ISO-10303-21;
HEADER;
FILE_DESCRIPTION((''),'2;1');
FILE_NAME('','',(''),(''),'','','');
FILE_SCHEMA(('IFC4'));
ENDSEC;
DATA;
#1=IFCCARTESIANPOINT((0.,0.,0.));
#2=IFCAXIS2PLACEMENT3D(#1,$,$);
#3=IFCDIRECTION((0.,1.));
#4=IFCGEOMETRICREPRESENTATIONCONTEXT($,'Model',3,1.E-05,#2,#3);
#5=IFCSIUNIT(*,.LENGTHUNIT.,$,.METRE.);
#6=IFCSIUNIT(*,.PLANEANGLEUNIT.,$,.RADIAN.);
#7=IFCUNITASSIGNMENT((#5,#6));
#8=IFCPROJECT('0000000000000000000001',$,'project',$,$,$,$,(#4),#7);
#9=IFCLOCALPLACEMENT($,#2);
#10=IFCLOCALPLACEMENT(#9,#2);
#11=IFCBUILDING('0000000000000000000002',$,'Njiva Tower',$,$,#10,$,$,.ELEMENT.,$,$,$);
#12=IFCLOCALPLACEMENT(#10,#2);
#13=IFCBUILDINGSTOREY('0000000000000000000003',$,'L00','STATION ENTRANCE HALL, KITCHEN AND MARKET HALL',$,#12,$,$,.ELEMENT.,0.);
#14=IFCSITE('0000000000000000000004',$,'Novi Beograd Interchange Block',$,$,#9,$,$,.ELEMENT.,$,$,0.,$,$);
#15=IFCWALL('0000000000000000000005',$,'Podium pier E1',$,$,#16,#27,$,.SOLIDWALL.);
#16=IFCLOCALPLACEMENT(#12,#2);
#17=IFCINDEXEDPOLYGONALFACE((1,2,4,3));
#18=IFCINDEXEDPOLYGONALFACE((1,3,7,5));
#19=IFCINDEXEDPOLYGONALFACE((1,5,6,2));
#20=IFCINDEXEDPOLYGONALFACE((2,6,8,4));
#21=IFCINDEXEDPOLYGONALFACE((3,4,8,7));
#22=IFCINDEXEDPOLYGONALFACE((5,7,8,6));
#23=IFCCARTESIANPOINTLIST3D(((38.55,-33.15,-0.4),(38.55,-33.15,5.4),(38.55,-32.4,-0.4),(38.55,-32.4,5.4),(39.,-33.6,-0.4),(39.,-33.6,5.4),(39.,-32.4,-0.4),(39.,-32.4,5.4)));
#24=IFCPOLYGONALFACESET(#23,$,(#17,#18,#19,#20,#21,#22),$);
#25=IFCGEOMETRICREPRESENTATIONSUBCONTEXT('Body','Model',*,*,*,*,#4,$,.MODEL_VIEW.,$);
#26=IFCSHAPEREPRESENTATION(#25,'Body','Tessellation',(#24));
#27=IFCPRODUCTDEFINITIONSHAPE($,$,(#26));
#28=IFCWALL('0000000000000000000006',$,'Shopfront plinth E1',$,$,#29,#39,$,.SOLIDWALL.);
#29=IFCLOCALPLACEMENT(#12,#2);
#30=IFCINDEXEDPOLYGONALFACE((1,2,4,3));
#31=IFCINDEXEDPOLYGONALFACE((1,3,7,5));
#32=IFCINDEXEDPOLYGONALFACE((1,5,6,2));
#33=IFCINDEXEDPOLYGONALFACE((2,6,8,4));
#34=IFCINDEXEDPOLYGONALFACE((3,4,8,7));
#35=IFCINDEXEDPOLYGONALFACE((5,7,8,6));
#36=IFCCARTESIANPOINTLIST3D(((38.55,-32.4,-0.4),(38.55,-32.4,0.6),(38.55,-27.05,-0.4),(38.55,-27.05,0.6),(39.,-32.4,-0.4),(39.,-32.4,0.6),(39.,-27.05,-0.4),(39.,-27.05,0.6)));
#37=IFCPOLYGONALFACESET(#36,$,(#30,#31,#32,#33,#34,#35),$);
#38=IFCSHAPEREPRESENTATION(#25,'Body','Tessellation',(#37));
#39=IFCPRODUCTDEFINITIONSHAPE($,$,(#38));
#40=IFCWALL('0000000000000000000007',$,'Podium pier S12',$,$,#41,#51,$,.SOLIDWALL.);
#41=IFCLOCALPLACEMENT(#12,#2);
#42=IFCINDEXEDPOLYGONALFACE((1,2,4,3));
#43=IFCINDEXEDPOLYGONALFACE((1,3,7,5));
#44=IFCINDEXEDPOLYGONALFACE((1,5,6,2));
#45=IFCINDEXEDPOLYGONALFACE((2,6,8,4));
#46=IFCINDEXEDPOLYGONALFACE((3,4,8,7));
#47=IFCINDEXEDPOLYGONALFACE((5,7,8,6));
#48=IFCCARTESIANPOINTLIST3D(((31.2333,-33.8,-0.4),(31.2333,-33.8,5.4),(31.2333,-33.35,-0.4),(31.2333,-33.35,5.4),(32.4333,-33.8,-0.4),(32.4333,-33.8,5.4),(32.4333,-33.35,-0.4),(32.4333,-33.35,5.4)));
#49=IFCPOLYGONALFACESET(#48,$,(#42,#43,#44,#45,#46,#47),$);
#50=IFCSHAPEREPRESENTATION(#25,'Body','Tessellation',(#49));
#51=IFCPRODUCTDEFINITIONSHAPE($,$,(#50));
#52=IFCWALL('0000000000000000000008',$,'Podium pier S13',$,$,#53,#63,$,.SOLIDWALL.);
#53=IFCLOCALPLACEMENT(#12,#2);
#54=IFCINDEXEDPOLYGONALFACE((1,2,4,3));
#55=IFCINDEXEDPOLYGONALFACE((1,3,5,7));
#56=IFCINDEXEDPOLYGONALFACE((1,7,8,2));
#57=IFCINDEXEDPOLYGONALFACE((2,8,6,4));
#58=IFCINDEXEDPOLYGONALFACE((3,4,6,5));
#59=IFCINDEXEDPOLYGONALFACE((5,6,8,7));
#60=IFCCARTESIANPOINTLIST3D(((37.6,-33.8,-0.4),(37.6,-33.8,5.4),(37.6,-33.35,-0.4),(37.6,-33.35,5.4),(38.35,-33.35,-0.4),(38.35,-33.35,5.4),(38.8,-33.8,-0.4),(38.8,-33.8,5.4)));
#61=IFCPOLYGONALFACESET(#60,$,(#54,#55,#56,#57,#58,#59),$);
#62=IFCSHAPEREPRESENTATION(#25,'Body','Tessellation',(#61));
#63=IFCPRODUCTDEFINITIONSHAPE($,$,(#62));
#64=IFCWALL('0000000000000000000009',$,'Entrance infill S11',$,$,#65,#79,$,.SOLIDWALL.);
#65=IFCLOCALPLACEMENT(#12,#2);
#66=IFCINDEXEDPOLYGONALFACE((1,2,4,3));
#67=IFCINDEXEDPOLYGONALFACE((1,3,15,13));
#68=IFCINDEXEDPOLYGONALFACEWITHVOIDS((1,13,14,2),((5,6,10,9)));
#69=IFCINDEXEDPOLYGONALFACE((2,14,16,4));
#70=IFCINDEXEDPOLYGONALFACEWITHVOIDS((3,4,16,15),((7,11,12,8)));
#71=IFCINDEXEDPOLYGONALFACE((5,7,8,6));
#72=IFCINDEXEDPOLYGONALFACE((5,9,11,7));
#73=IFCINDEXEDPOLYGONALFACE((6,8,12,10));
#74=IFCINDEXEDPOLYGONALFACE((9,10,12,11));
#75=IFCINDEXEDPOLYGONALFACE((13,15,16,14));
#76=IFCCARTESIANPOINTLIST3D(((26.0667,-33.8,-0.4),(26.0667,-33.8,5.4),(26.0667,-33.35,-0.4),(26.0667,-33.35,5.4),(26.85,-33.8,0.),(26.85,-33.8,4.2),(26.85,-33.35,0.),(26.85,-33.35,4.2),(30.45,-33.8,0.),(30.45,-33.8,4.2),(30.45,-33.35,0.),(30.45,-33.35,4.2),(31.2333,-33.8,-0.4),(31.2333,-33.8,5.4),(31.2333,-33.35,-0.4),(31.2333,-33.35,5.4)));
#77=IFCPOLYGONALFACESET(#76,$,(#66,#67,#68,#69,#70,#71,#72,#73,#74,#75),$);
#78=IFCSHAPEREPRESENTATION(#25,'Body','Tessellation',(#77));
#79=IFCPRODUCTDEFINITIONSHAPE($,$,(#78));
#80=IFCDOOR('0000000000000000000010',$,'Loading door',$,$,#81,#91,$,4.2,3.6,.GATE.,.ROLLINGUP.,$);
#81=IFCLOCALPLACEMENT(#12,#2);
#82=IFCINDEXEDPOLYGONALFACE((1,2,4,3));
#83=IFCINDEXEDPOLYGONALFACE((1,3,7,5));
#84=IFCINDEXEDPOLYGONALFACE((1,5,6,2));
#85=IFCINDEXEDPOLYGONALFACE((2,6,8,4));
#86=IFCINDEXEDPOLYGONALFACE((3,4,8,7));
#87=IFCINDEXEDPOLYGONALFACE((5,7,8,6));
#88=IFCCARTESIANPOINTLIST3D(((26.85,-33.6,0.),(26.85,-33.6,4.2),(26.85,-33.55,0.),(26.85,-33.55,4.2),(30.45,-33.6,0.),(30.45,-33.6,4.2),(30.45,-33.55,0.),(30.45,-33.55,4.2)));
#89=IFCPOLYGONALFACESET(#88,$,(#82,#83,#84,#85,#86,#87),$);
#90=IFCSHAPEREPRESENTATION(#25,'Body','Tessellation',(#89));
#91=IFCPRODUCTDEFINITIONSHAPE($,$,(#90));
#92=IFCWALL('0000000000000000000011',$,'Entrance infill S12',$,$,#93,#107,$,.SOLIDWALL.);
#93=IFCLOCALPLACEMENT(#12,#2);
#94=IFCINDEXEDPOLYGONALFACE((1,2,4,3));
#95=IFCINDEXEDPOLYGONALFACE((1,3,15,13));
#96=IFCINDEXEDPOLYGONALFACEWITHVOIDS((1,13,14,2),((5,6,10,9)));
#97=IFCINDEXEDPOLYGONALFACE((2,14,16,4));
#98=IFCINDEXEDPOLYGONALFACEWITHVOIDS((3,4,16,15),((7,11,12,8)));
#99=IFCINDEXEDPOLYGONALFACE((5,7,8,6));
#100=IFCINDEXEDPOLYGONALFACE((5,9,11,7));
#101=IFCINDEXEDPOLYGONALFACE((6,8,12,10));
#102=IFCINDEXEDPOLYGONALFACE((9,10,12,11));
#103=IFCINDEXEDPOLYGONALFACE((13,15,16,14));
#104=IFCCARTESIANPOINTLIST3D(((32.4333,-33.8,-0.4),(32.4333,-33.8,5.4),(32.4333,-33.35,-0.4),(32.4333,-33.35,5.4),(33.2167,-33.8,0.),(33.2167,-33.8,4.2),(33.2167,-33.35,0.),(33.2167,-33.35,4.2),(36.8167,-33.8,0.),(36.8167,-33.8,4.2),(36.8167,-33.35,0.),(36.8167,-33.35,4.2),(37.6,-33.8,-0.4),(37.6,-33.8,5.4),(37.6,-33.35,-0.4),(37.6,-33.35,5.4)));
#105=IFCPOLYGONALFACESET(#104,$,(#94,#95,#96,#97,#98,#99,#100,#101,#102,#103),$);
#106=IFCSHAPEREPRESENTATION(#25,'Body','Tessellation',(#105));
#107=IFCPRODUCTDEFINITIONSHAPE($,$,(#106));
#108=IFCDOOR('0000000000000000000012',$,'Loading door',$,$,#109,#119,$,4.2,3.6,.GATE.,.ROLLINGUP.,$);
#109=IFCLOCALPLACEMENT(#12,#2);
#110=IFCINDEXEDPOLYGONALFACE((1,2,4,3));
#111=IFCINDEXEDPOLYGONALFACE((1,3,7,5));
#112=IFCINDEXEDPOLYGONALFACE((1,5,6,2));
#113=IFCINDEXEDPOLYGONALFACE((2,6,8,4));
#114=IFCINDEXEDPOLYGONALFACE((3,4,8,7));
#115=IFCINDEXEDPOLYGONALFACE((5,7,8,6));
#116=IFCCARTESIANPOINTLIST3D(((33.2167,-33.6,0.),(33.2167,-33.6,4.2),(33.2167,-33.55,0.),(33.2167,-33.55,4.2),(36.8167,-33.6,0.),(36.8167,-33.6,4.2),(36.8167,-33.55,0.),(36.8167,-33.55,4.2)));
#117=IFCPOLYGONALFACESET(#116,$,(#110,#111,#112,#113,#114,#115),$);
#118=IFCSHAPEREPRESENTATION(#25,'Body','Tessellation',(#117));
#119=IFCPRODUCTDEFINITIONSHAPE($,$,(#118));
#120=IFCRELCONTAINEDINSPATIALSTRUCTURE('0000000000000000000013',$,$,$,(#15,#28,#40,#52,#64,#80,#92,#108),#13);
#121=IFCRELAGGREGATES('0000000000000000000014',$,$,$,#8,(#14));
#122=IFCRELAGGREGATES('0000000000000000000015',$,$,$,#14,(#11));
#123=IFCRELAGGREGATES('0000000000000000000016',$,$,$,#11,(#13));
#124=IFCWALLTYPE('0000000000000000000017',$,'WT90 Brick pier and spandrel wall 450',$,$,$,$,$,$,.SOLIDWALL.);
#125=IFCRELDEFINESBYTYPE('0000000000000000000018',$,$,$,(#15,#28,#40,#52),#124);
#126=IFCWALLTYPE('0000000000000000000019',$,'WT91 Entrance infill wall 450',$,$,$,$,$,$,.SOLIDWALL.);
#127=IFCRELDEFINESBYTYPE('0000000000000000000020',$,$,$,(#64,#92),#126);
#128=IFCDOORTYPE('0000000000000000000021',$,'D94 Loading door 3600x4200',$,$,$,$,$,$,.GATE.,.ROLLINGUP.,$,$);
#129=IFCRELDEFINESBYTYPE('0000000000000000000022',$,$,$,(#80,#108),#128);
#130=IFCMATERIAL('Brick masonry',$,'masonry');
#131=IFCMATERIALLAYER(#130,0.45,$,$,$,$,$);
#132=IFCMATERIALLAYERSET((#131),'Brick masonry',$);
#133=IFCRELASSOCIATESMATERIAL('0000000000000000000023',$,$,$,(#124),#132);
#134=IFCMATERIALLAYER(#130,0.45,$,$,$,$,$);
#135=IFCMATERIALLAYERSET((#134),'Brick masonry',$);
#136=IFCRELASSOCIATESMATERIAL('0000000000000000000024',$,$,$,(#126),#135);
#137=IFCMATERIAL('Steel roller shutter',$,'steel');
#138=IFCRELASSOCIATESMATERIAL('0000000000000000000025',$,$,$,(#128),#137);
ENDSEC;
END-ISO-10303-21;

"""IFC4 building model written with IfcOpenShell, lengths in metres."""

from ifc_helpers import new_model, si_unit, direction, frame, frame_2d, origin, place, context, subcontext, project, spatial, polyline, rectangle, outline, extrude, material, layer, layer_set, type_object, element, fill, save


model = new_model("IFC4")

# Units and contexts
model_context = context("Model", 3, precision=1e-05, world=origin(), true_north=direction((0.0, 1.0)))
body_context = subcontext(model_context, "Body", "Model", "MODEL_VIEW")
ifc_project = project(units=[si_unit("LENGTHUNIT", "METRE"), si_unit("PLANEANGLEUNIT", "RADIAN")], contexts=[model_context])

# Site, building, storey
site_placement = place(None, origin())
site = spatial("IfcSite", under=ifc_project, at=site_placement, Name="Novi Beograd Interchange Block", CompositionType="ELEMENT", RefElevation=0.0)
building_placement = place(site_placement, origin())
building = spatial("IfcBuilding", under=site, at=building_placement, Name="Njiva Tower", CompositionType="ELEMENT")
storey_placement = place(building_placement, origin())
storey = spatial("IfcBuildingStorey", under=building, at=storey_placement, Name="L00", Description="STATION ENTRANCE HALL, KITCHEN AND MARKET HALL", CompositionType="ELEMENT", Elevation=0.0)

# Walls
ifc_material_1 = material(Name="Brick masonry", Category="masonry")
ifc_layer_1 = layer(ifc_material_1, 0.45)
ifc_layer_set_1 = layer_set([ifc_layer_1], Name="Brick masonry")
wall_type_1 = type_object("IfcWallType", Name="WT90 Brick pier and spandrel wall 450", PredefinedType="SOLIDWALL", material=ifc_layer_set_1)
wall_1_placement = place(storey_placement, frame((38.775, -33.375, -0.4), z_axis=(0.0, 0.0, 1.0), x_axis=(0.0, 1.0, 0.0)))
element("IfcWall", 1, at=wall_1_placement, inside=storey, type_object=wall_type_1, Name="Podium pier E1", PredefinedType="SOLIDWALL", context=body_context, shape_type="SweptSolid", body=[
    extrude(outline(polyline([(-0.225, -0.225), (0.975, -0.225), (0.975, 0.225), (0.225, 0.225), (-0.225, -0.225)])), origin(), (0.0, 0.0, 1.0), 5.8),
])
wall_2_placement = place(storey_placement, frame((38.775, -32.4, -0.4), z_axis=(0.0, 0.0, 1.0), x_axis=(0.0, 1.0, 0.0)))
element("IfcWall", 2, at=wall_2_placement, inside=storey, type_object=wall_type_1, Name="Shopfront plinth E1", PredefinedType="SOLIDWALL", context=body_context, shape_type="SweptSolid", body=[
    extrude(outline(polyline([(0.0, -0.225), (5.35, -0.225), (5.35, 0.225), (0.0, 0.225), (0.0, -0.225)])), origin(), (0.0, 0.0, 1.0), 1.0),
])
wall_3_placement = place(storey_placement, frame((31.2333, -33.575, -0.4), z_axis=(0.0, 0.0, 1.0), x_axis=(1.0, 0.0, 0.0)))
element("IfcWall", 3, at=wall_3_placement, inside=storey, type_object=wall_type_1, Name="Podium pier S12", PredefinedType="SOLIDWALL", context=body_context, shape_type="SweptSolid", body=[
    extrude(outline(polyline([(0.0, -0.225), (1.2, -0.225), (1.2, 0.225), (0.0, 0.225), (0.0, -0.225)])), origin(), (0.0, 0.0, 1.0), 5.8),
])
wall_4_placement = place(storey_placement, frame((37.6, -33.575, -0.4), z_axis=(0.0, 0.0, 1.0), x_axis=(1.0, 0.0, 0.0)))
element("IfcWall", 4, at=wall_4_placement, inside=storey, type_object=wall_type_1, Name="Podium pier S13", PredefinedType="SOLIDWALL", context=body_context, shape_type="SweptSolid", body=[
    extrude(outline(polyline([(0.0, -0.225), (1.2, -0.225), (0.75, 0.225), (0.0, 0.225), (0.0, -0.225)])), origin(), (0.0, 0.0, 1.0), 5.8),
])

# Walls, openings, doors
ifc_layer_2 = layer(ifc_material_1, 0.45)
ifc_layer_set_2 = layer_set([ifc_layer_2], Name="Brick masonry")
wall_type_2 = type_object("IfcWallType", Name="WT91 Entrance infill wall 450", PredefinedType="SOLIDWALL", material=ifc_layer_set_2)
wall_5_placement = place(storey_placement, frame((26.0667, -33.575, -0.4), z_axis=(0.0, 0.0, 1.0), x_axis=(1.0, 0.0, 0.0)))
wall_5 = element("IfcWall", 5, at=wall_5_placement, inside=storey, type_object=wall_type_2, Name="Entrance infill S11", PredefinedType="SOLIDWALL", context=body_context, shape_type="SweptSolid", body=[
    extrude(outline(polyline([(0.0, -0.225), (5.1666, -0.225), (5.1666, 0.225), (0.0, 0.225), (0.0, -0.225)])), origin(), (0.0, 0.0, 1.0), 5.8),
])
opening_1_placement = place(wall_5_placement, frame((0.7833, 0.0, 0.4)))
opening_1 = element("IfcOpeningElement", 6, at=opening_1_placement, cuts=wall_5, PredefinedType="OPENING", context=body_context, shape_type="SweptSolid", body=[
    extrude(rectangle(XDim=3.6, YDim=4.2, at=frame_2d((1.8, 2.1))), frame((0.0, 0.235, 0.0), z_axis=(0.0, -1.0, 0.0), x_axis=(1.0, 0.0, 0.0)), (0.0, 0.0, 1.0), 0.47),
])
ifc_material_2 = material(Name="Steel roller shutter", Category="steel")
door_type = type_object("IfcDoorType", Name="D94 Loading door 3600x4200", OperationType="ROLLINGUP", PredefinedType="GATE", material=ifc_material_2)
door_1_placement = place(opening_1_placement, frame((3.6, 0.0, 0.0), z_axis=(0.0, 0.0, 1.0), x_axis=(-1.0, 0.0, 0.0)))
door_1 = element("IfcDoor", 7, at=door_1_placement, inside=storey, type_object=door_type, Name="Loading door", OperationType="ROLLINGUP", OverallHeight=4.2, OverallWidth=3.6, PredefinedType="GATE", context=body_context, shape_type="SweptSolid", body=[
    extrude(rectangle(XDim=3.6, YDim=4.2, at=frame_2d((1.8, 2.1))), frame((0.0, 0.025, 0.0), z_axis=(0.0, -1.0, 0.0), x_axis=(1.0, 0.0, 0.0)), (0.0, 0.0, 1.0), 0.05),
])
fill(opening_1, door_1)
wall_6_placement = place(storey_placement, frame((32.4333, -33.575, -0.4), z_axis=(0.0, 0.0, 1.0), x_axis=(1.0, 0.0, 0.0)))
wall_6 = element("IfcWall", 8, at=wall_6_placement, inside=storey, type_object=wall_type_2, Name="Entrance infill S12", PredefinedType="SOLIDWALL", context=body_context, shape_type="SweptSolid", body=[
    extrude(outline(polyline([(0.0, -0.225), (5.1667, -0.225), (5.1667, 0.225), (0.0, 0.225), (0.0, -0.225)])), origin(), (0.0, 0.0, 1.0), 5.8),
])
opening_2_placement = place(wall_6_placement, frame((0.7834, 0.0, 0.4)))
opening_2 = element("IfcOpeningElement", 9, at=opening_2_placement, cuts=wall_6, PredefinedType="OPENING", context=body_context, shape_type="SweptSolid", body=[
    extrude(rectangle(XDim=3.6, YDim=4.2, at=frame_2d((1.8, 2.1))), frame((0.0, 0.235, 0.0), z_axis=(0.0, -1.0, 0.0), x_axis=(1.0, 0.0, 0.0)), (0.0, 0.0, 1.0), 0.47),
])
door_2_placement = place(opening_2_placement, frame((3.6, 0.0, 0.0), z_axis=(0.0, 0.0, 1.0), x_axis=(-1.0, 0.0, 0.0)))
door_2 = element("IfcDoor", 10, at=door_2_placement, inside=storey, type_object=door_type, Name="Loading door", OperationType="ROLLINGUP", OverallHeight=4.2, OverallWidth=3.6, PredefinedType="GATE", context=body_context, shape_type="SweptSolid", body=[
    extrude(rectangle(XDim=3.6, YDim=4.2, at=frame_2d((1.8, 2.1))), frame((0.0, 0.025, 0.0), z_axis=(0.0, -1.0, 0.0), x_axis=(1.0, 0.0, 0.0)), (0.0, 0.0, 1.0), 0.05),
])
fill(opening_2, door_2)

save(model, "model.ifc")
